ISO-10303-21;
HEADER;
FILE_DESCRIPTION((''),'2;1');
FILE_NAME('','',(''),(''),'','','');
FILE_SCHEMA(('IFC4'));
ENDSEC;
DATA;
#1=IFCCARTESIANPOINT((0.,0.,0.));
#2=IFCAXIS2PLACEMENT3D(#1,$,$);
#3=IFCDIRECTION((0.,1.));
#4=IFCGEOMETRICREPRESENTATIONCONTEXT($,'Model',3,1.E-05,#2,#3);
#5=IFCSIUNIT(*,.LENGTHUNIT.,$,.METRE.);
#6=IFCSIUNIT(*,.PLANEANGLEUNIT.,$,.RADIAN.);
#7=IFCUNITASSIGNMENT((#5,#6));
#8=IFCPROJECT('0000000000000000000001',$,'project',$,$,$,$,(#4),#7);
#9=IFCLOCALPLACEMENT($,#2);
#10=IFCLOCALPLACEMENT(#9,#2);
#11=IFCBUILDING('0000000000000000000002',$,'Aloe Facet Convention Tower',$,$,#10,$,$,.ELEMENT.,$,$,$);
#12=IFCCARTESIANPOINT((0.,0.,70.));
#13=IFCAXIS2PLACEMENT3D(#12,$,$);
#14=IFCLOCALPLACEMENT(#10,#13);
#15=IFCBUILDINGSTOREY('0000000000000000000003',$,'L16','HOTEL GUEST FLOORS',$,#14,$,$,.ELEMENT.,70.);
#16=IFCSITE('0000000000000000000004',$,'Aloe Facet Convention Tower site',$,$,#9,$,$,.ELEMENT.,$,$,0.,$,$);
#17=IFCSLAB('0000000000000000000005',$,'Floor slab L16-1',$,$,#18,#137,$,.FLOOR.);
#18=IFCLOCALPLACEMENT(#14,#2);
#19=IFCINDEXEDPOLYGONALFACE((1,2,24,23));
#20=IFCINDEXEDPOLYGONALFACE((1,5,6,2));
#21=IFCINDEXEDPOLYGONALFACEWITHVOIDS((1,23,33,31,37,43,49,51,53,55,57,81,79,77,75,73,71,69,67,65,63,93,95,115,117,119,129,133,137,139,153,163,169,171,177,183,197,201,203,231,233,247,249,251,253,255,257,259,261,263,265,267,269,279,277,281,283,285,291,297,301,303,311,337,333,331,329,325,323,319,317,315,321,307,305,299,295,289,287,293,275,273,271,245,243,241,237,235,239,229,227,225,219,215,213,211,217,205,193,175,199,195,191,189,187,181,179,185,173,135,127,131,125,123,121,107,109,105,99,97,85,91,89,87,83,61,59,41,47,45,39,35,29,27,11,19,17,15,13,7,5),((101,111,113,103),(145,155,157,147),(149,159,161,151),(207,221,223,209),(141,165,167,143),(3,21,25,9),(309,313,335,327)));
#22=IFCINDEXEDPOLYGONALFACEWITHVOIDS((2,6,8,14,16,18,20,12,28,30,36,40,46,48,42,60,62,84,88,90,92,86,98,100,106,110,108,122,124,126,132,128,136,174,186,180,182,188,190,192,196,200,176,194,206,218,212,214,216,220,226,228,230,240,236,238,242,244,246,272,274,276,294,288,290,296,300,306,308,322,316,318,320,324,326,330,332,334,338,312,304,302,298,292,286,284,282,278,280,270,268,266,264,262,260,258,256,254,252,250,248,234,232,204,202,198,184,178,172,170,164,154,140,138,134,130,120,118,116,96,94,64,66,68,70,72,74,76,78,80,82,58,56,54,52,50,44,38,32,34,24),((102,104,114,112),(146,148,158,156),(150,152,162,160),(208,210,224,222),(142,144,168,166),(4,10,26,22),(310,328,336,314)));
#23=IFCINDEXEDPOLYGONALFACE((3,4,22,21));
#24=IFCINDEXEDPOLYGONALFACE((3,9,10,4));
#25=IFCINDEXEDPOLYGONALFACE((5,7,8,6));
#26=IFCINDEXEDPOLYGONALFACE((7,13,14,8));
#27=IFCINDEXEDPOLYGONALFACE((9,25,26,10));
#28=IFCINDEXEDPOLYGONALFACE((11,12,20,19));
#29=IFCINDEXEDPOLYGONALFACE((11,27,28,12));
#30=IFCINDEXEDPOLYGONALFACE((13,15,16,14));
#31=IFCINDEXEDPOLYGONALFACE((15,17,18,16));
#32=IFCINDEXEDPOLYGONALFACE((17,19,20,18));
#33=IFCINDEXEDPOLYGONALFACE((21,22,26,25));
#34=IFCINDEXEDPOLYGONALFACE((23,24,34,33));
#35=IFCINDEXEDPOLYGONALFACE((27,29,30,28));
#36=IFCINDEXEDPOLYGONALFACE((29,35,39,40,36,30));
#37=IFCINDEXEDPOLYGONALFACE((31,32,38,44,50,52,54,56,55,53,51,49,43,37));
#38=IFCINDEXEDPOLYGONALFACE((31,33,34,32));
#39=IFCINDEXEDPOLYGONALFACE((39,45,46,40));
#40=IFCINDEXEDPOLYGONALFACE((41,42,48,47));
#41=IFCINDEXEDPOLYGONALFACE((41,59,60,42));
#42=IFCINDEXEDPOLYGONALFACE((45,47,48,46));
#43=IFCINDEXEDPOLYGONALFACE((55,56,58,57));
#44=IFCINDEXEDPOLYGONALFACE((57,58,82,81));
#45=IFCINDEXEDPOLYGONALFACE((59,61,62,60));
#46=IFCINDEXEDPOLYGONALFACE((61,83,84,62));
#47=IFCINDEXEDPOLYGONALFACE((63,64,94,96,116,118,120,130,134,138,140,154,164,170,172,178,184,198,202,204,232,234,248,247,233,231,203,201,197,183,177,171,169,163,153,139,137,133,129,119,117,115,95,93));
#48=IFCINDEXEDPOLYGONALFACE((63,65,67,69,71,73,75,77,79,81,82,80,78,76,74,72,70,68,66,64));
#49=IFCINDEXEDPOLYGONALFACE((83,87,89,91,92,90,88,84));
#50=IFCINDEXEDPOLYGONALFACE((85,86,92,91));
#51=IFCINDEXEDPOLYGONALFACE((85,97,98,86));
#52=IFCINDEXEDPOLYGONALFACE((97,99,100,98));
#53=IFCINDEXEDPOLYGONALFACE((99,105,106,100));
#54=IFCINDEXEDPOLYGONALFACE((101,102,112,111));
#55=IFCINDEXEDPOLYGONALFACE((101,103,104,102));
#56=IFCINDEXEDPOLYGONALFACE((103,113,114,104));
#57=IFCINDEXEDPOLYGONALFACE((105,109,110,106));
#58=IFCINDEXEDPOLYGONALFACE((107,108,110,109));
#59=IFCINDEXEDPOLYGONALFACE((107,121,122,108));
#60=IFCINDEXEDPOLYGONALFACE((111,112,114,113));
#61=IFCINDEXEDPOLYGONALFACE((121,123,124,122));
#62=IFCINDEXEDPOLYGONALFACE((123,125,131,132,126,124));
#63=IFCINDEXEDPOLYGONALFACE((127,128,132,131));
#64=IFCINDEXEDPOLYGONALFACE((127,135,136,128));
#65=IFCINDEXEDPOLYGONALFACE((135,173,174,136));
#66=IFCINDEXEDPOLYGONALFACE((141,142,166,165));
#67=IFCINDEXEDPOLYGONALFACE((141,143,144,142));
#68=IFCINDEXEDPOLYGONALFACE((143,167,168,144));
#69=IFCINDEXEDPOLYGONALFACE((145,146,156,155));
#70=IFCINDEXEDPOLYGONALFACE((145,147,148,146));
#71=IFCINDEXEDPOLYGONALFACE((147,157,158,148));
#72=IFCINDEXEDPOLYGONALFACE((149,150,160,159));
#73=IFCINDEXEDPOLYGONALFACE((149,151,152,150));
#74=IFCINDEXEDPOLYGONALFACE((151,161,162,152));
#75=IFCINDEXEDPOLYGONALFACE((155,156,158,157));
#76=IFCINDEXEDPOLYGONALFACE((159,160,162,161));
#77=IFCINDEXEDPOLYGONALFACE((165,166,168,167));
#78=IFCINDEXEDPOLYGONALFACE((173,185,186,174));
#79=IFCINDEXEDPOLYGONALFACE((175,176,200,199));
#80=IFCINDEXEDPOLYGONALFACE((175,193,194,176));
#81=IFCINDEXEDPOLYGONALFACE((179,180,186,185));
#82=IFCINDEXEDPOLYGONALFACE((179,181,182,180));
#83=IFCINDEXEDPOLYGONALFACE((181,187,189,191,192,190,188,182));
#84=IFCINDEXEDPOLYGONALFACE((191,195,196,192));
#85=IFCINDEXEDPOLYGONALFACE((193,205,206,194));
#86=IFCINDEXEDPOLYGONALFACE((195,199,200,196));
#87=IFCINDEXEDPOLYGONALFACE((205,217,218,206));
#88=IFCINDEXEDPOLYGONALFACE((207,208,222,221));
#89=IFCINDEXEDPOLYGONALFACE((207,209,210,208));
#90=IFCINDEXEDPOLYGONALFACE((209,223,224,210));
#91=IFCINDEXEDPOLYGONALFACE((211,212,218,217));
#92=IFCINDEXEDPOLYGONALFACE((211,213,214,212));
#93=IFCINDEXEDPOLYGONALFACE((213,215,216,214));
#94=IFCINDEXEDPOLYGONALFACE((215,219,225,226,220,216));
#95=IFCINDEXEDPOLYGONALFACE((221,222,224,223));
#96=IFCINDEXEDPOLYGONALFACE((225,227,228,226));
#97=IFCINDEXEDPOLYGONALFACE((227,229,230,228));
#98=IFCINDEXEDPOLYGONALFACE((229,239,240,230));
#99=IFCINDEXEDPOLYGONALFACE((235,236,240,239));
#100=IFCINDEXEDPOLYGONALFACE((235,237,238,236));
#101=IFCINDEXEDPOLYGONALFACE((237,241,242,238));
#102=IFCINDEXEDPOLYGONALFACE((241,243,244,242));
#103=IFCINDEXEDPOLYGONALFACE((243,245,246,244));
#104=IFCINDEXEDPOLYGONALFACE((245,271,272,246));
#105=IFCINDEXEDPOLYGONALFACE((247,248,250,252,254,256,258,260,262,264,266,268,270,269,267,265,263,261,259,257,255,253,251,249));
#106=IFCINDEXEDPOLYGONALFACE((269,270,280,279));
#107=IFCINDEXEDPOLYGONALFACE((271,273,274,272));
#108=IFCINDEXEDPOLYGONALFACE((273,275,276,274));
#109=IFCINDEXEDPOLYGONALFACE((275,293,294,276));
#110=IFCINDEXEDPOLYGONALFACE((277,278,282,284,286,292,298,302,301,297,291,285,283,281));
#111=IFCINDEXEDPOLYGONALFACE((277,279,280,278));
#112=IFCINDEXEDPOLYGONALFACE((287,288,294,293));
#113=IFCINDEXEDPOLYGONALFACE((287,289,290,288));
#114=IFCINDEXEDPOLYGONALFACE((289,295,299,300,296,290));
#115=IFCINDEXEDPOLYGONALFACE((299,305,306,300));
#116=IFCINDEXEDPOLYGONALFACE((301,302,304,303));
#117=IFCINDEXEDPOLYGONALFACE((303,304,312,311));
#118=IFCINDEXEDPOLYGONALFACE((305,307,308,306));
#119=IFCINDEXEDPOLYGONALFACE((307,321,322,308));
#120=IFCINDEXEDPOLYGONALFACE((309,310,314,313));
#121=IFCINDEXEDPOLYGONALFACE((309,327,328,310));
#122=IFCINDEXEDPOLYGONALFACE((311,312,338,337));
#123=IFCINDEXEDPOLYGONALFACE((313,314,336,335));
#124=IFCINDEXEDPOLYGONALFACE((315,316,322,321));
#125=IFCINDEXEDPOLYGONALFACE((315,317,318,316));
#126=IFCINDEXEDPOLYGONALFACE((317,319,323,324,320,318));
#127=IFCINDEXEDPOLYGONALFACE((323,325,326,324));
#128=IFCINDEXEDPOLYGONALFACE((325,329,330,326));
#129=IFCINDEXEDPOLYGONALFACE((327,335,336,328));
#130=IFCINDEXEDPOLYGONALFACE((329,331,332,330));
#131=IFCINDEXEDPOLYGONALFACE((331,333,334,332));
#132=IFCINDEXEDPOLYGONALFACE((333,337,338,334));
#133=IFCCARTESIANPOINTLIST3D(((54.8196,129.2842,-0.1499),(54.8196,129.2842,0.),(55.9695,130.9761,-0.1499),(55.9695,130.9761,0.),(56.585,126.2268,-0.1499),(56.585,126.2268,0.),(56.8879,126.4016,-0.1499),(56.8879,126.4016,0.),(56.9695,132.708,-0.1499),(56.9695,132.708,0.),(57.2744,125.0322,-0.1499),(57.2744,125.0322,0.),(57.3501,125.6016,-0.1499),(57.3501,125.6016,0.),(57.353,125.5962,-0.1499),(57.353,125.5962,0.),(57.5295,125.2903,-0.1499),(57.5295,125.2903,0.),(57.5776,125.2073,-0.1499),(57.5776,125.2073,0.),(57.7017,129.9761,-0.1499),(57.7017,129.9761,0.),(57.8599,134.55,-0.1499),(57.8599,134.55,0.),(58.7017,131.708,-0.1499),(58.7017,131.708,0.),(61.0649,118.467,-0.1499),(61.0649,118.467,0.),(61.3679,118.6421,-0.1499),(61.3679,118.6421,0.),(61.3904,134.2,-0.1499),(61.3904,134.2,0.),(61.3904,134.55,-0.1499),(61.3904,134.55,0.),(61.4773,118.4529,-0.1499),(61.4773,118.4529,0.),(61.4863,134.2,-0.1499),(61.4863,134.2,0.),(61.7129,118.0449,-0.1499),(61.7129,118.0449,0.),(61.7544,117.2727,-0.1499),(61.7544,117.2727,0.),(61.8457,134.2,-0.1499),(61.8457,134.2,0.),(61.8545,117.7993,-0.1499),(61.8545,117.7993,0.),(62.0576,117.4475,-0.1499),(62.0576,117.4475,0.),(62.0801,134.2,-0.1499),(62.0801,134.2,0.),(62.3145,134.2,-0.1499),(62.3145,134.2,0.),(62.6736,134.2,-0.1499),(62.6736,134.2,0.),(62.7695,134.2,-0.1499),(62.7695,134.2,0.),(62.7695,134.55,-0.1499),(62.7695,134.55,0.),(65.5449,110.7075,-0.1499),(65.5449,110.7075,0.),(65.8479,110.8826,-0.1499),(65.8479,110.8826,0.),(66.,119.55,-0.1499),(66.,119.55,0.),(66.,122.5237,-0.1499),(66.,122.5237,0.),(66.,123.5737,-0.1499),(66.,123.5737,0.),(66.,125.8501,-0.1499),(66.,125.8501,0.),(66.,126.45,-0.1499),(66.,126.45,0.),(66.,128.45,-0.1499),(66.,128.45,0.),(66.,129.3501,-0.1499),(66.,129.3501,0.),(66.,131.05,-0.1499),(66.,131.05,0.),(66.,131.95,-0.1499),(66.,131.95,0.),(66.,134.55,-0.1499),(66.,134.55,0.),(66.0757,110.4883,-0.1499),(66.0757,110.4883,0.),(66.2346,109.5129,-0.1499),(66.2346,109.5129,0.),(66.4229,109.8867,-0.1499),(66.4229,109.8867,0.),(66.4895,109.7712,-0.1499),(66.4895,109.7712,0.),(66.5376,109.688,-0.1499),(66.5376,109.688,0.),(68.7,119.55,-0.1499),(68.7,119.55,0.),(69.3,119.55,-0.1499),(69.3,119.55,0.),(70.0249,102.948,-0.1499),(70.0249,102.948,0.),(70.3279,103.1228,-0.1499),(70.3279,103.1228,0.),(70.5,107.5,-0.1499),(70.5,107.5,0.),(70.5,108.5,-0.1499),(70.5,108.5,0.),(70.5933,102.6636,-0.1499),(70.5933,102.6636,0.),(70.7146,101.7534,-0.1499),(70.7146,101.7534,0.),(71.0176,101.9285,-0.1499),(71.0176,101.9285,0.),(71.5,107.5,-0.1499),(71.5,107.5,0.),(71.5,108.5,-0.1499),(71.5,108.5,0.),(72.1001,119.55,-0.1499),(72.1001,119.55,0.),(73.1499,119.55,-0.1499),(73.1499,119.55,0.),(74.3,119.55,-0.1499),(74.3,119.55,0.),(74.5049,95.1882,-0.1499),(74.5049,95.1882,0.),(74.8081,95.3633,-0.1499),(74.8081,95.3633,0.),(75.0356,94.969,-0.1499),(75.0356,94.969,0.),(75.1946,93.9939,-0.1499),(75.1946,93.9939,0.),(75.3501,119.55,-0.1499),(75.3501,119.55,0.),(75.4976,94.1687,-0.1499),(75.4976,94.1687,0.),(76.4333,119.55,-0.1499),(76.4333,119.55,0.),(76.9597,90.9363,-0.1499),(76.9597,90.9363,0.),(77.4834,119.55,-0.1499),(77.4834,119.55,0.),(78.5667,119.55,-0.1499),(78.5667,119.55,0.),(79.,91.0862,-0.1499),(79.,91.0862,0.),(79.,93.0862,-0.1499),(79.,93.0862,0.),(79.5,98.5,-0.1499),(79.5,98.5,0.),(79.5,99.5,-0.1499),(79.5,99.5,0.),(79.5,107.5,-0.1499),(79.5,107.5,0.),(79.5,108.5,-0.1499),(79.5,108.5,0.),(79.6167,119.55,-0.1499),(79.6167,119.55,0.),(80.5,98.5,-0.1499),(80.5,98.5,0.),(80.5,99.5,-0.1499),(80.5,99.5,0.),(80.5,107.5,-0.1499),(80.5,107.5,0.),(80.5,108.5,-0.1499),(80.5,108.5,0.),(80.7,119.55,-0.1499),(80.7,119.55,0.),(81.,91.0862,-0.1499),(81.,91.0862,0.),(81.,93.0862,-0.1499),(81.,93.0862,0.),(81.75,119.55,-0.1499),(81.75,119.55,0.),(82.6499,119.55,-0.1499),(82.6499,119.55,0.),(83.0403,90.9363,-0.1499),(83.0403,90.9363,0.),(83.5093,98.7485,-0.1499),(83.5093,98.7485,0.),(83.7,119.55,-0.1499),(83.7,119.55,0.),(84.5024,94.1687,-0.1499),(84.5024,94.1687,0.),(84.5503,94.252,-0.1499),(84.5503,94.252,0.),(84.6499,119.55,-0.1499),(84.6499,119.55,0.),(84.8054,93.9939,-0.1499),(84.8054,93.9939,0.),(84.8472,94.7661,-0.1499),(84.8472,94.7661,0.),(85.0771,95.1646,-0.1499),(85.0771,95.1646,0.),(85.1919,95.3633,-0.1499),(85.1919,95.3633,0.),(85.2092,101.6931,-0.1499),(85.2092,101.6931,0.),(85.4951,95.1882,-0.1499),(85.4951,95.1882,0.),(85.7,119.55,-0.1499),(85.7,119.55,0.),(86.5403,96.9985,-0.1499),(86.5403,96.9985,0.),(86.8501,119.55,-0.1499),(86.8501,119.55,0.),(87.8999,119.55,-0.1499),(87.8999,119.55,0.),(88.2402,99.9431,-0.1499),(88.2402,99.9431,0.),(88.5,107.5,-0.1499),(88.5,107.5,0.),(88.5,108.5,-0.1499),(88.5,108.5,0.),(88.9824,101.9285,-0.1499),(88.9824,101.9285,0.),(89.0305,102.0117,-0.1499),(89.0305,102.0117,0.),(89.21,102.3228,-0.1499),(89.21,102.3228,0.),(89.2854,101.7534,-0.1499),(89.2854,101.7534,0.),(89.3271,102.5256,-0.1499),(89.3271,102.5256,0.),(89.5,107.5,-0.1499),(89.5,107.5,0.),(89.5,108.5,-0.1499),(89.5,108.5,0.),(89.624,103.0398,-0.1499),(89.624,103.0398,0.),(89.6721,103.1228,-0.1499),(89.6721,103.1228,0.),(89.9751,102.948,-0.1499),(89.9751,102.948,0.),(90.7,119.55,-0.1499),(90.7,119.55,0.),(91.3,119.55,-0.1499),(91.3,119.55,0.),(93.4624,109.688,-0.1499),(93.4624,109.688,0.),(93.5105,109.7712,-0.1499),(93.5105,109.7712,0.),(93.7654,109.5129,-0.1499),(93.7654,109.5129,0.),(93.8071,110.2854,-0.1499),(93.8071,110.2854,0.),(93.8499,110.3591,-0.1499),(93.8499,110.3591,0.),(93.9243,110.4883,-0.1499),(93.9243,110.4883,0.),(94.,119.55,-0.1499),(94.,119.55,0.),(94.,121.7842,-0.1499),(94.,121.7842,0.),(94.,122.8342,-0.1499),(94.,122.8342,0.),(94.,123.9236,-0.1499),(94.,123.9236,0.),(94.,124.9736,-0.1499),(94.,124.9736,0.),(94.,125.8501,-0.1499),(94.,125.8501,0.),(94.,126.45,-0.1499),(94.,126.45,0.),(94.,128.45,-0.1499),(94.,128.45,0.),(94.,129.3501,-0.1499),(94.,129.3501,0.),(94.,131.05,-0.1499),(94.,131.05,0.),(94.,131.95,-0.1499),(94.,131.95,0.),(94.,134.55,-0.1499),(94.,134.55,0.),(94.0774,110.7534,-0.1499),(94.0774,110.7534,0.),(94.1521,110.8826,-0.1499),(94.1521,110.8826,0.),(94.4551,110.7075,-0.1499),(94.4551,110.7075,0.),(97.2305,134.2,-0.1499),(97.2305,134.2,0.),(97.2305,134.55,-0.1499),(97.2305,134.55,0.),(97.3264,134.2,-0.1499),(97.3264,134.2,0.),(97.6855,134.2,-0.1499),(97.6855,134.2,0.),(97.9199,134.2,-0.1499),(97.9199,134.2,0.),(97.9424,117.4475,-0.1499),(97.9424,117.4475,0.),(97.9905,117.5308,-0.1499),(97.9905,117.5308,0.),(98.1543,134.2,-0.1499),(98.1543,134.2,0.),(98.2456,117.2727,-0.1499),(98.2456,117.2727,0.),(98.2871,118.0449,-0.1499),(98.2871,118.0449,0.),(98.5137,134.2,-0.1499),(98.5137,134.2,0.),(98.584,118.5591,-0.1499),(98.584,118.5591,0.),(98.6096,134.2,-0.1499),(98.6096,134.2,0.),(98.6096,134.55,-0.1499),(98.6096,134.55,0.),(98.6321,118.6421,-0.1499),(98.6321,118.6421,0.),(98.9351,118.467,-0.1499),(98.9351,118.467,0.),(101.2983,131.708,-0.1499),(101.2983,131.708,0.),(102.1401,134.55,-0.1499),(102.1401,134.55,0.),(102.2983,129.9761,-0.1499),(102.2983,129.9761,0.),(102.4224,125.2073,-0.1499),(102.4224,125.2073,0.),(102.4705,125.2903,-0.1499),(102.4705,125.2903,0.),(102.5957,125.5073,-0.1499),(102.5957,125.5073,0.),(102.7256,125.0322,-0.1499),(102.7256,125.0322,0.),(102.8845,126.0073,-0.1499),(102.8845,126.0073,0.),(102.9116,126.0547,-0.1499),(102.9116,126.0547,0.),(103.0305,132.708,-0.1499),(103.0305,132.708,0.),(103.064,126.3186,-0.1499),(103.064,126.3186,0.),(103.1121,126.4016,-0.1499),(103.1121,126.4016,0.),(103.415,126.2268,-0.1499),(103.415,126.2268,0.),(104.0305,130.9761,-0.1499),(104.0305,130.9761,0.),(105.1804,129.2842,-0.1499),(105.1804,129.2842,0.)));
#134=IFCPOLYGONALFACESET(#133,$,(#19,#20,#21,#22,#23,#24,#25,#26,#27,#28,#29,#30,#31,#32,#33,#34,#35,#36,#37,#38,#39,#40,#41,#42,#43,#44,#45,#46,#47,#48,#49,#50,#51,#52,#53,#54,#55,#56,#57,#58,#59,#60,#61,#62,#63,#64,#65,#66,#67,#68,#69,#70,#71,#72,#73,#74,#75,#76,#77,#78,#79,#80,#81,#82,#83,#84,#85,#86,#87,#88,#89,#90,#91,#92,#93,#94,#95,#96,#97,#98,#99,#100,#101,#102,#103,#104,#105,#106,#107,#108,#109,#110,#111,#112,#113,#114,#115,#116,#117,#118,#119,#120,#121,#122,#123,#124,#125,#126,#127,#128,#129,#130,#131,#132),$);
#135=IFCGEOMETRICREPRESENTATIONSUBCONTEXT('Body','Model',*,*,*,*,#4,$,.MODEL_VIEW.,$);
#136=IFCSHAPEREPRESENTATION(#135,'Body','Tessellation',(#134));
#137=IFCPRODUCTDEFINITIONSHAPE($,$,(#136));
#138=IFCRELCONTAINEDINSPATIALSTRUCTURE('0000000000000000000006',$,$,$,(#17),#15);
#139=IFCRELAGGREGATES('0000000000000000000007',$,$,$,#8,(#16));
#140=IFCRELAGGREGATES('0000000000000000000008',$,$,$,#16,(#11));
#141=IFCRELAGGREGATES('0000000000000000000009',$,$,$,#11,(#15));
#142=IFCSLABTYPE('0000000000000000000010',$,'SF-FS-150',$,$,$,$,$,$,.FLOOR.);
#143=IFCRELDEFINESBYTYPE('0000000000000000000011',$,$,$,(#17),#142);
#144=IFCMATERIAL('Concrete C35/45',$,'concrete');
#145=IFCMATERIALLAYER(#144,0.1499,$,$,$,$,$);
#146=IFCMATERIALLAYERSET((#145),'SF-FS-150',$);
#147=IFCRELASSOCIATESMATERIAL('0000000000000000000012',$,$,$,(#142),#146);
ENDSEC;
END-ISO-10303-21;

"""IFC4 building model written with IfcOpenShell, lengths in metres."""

from ifc_helpers import new_model, si_unit, direction, frame, origin, place, context, subcontext, project, spatial, polyline, outline, extrude, material, layer, layer_set, type_object, element, save


model = new_model("IFC4")

# Units and contexts
model_context = context("Model", 3, precision=1e-05, world=origin(), true_north=direction((0.0, 1.0)))
body_context = subcontext(model_context, "Body", "Model", "MODEL_VIEW")
ifc_project = project(units=[si_unit("LENGTHUNIT", "METRE"), si_unit("PLANEANGLEUNIT", "RADIAN")], contexts=[model_context])

# Site, building, storey
site_placement = place(None, origin())
site = spatial("IfcSite", under=ifc_project, at=site_placement, Name="Aloe Facet Convention Tower site", CompositionType="ELEMENT", RefElevation=0.0)
building_placement = place(site_placement, origin())
building = spatial("IfcBuilding", under=site, at=building_placement, Name="Aloe Facet Convention Tower", CompositionType="ELEMENT")
storey_placement = place(building_placement, frame((0.0, 0.0, 70.0)))
storey = spatial("IfcBuildingStorey", under=building, at=storey_placement, Name="L16", Description="HOTEL GUEST FLOORS", CompositionType="ELEMENT", Elevation=70.0)

# Slab
ifc_material_1 = material(Name="Concrete C35/45", Category="concrete")
ifc_layer_1 = layer(ifc_material_1, 0.1499)
ifc_layer_set_1 = layer_set([ifc_layer_1], Name="SF-FS-150")
slab_type_1 = type_object("IfcSlabType", Name="SF-FS-150", PredefinedType="FLOOR", material=ifc_layer_set_1)
slab_1_placement = place(storey_placement, frame((0.0, 0.0, -0.1499)))
element("IfcSlab", 1, at=slab_1_placement, inside=storey, type_object=slab_type_1, Name="Floor slab L16-1", PredefinedType="FLOOR", context=body_context, shape_type="SweptSolid", body=[
    extrude(outline(polyline([(76.9597, 90.9363), (75.1946, 93.9939), (75.4976, 94.1687), (75.0356, 94.969), (74.8081, 95.3633), (74.5049, 95.1882), (70.7146, 101.7534), (71.0176, 101.9285), (70.5933, 102.6636), (70.3279, 103.1228), (70.0249, 102.948), (66.2346, 109.5129), (66.5376, 109.688), (66.4895, 109.7712), (66.4229, 109.8867), (66.0757, 110.4883), (65.8479, 110.8826), (65.5449, 110.7075), (61.7544, 117.2727), (62.0576, 117.4475), (61.8545, 117.7993), (61.7129, 118.0449), (61.4773, 118.4529), (61.3679, 118.6421), (61.0649, 118.467), (57.2744, 125.0322), (57.5776, 125.2073), (57.5295, 125.2903), (57.353, 125.5962), (57.3501, 125.6016), (57.3501, 125.6016), (56.8879, 126.4016), (56.585, 126.2268), (54.8196, 129.2842), (57.8599, 134.55), (61.3904, 134.55), (61.3904, 134.2), (61.4863, 134.2), (61.8457, 134.2), (62.0801, 134.2), (62.3145, 134.2), (62.6736, 134.2), (62.7695, 134.2), (62.7695, 134.55), (66.0, 134.55), (66.0, 131.95), (66.0, 131.05), (66.0, 129.3501), (66.0, 128.45), (66.0, 126.45), (66.0, 125.8501), (66.0, 123.5737), (66.0, 122.5237), (66.0, 119.55), (68.7, 119.55), (69.3, 119.55), (72.1001, 119.55), (73.1499, 119.55), (74.3, 119.55), (75.3501, 119.55), (76.4333, 119.55), (77.4834, 119.55), (78.5667, 119.55), (79.6167, 119.55), (80.7, 119.55), (81.75, 119.55), (82.6499, 119.55), (83.7, 119.55), (84.6499, 119.55), (85.7, 119.55), (86.8501, 119.55), (87.8999, 119.55), (90.7, 119.55), (91.3, 119.55), (94.0, 119.55), (94.0, 121.7842), (94.0, 122.8342), (94.0, 123.9236), (94.0, 124.9736), (94.0, 125.8501), (94.0, 126.45), (94.0, 128.45), (94.0, 129.3501), (94.0, 131.05), (94.0, 131.95), (94.0, 134.55), (97.2305, 134.55), (97.2305, 134.2), (97.3264, 134.2), (97.6855, 134.2), (97.9199, 134.2), (98.1543, 134.2), (98.5137, 134.2), (98.6096, 134.2), (98.6096, 134.55), (102.1401, 134.55), (105.1804, 129.2842), (103.415, 126.2268), (103.1121, 126.4016), (103.064, 126.3186), (102.9116, 126.0547), (102.8845, 126.0073), (102.5957, 125.5073), (102.4705, 125.2903), (102.4224, 125.2073), (102.7256, 125.0322), (98.9351, 118.467), (98.6321, 118.6421), (98.584, 118.5591), (98.2871, 118.0449), (97.9905, 117.5308), (97.9424, 117.4475), (98.2456, 117.2727), (94.4551, 110.7075), (94.1521, 110.8826), (94.0774, 110.7534), (93.9243, 110.4883), (93.8499, 110.3591), (93.8071, 110.2854), (93.5105, 109.7712), (93.4624, 109.688), (93.7654, 109.5129), (89.9751, 102.948), (89.6721, 103.1228), (89.624, 103.0398), (89.3271, 102.5256), (89.21, 102.3228), (89.0305, 102.0117), (88.9824, 101.9285), (89.2854, 101.7534), (88.2402, 99.9431), (85.2092, 101.6931), (83.5093, 98.7485), (86.5403, 96.9985), (85.4951, 95.1882), (85.1919, 95.3633), (85.0771, 95.1646), (84.8472, 94.7661), (84.5503, 94.252), (84.5024, 94.1687), (84.8054, 93.9939), (83.0403, 90.9363), (76.9597, 90.9363)]), holes=[polyline([(57.7017, 129.9761), (58.7017, 131.708), (56.9695, 132.708), (55.9695, 130.9761), (57.7017, 129.9761)]), polyline([(79.0, 93.0862), (79.0, 91.0862), (81.0, 91.0862), (81.0, 93.0862), (79.0, 93.0862)]), polyline([(79.5, 99.5), (79.5, 98.5), (80.5, 98.5), (80.5, 99.5), (79.5, 99.5)]), polyline([(70.5, 108.5), (70.5, 107.5), (71.5, 107.5), (71.5, 108.5), (70.5, 108.5)]), polyline([(79.5, 107.5), (80.5, 107.5), (80.5, 108.5), (79.5, 108.5), (79.5, 107.5)]), polyline([(88.5, 107.5), (89.5, 107.5), (89.5, 108.5), (88.5, 108.5), (88.5, 107.5)]), polyline([(102.2983, 129.9761), (104.0305, 130.9761), (103.0305, 132.708), (101.2983, 131.708), (102.2983, 129.9761)])]), origin(), (0.0, 0.0, 1.0), 0.1499),
])

save(model, "model.ifc")
